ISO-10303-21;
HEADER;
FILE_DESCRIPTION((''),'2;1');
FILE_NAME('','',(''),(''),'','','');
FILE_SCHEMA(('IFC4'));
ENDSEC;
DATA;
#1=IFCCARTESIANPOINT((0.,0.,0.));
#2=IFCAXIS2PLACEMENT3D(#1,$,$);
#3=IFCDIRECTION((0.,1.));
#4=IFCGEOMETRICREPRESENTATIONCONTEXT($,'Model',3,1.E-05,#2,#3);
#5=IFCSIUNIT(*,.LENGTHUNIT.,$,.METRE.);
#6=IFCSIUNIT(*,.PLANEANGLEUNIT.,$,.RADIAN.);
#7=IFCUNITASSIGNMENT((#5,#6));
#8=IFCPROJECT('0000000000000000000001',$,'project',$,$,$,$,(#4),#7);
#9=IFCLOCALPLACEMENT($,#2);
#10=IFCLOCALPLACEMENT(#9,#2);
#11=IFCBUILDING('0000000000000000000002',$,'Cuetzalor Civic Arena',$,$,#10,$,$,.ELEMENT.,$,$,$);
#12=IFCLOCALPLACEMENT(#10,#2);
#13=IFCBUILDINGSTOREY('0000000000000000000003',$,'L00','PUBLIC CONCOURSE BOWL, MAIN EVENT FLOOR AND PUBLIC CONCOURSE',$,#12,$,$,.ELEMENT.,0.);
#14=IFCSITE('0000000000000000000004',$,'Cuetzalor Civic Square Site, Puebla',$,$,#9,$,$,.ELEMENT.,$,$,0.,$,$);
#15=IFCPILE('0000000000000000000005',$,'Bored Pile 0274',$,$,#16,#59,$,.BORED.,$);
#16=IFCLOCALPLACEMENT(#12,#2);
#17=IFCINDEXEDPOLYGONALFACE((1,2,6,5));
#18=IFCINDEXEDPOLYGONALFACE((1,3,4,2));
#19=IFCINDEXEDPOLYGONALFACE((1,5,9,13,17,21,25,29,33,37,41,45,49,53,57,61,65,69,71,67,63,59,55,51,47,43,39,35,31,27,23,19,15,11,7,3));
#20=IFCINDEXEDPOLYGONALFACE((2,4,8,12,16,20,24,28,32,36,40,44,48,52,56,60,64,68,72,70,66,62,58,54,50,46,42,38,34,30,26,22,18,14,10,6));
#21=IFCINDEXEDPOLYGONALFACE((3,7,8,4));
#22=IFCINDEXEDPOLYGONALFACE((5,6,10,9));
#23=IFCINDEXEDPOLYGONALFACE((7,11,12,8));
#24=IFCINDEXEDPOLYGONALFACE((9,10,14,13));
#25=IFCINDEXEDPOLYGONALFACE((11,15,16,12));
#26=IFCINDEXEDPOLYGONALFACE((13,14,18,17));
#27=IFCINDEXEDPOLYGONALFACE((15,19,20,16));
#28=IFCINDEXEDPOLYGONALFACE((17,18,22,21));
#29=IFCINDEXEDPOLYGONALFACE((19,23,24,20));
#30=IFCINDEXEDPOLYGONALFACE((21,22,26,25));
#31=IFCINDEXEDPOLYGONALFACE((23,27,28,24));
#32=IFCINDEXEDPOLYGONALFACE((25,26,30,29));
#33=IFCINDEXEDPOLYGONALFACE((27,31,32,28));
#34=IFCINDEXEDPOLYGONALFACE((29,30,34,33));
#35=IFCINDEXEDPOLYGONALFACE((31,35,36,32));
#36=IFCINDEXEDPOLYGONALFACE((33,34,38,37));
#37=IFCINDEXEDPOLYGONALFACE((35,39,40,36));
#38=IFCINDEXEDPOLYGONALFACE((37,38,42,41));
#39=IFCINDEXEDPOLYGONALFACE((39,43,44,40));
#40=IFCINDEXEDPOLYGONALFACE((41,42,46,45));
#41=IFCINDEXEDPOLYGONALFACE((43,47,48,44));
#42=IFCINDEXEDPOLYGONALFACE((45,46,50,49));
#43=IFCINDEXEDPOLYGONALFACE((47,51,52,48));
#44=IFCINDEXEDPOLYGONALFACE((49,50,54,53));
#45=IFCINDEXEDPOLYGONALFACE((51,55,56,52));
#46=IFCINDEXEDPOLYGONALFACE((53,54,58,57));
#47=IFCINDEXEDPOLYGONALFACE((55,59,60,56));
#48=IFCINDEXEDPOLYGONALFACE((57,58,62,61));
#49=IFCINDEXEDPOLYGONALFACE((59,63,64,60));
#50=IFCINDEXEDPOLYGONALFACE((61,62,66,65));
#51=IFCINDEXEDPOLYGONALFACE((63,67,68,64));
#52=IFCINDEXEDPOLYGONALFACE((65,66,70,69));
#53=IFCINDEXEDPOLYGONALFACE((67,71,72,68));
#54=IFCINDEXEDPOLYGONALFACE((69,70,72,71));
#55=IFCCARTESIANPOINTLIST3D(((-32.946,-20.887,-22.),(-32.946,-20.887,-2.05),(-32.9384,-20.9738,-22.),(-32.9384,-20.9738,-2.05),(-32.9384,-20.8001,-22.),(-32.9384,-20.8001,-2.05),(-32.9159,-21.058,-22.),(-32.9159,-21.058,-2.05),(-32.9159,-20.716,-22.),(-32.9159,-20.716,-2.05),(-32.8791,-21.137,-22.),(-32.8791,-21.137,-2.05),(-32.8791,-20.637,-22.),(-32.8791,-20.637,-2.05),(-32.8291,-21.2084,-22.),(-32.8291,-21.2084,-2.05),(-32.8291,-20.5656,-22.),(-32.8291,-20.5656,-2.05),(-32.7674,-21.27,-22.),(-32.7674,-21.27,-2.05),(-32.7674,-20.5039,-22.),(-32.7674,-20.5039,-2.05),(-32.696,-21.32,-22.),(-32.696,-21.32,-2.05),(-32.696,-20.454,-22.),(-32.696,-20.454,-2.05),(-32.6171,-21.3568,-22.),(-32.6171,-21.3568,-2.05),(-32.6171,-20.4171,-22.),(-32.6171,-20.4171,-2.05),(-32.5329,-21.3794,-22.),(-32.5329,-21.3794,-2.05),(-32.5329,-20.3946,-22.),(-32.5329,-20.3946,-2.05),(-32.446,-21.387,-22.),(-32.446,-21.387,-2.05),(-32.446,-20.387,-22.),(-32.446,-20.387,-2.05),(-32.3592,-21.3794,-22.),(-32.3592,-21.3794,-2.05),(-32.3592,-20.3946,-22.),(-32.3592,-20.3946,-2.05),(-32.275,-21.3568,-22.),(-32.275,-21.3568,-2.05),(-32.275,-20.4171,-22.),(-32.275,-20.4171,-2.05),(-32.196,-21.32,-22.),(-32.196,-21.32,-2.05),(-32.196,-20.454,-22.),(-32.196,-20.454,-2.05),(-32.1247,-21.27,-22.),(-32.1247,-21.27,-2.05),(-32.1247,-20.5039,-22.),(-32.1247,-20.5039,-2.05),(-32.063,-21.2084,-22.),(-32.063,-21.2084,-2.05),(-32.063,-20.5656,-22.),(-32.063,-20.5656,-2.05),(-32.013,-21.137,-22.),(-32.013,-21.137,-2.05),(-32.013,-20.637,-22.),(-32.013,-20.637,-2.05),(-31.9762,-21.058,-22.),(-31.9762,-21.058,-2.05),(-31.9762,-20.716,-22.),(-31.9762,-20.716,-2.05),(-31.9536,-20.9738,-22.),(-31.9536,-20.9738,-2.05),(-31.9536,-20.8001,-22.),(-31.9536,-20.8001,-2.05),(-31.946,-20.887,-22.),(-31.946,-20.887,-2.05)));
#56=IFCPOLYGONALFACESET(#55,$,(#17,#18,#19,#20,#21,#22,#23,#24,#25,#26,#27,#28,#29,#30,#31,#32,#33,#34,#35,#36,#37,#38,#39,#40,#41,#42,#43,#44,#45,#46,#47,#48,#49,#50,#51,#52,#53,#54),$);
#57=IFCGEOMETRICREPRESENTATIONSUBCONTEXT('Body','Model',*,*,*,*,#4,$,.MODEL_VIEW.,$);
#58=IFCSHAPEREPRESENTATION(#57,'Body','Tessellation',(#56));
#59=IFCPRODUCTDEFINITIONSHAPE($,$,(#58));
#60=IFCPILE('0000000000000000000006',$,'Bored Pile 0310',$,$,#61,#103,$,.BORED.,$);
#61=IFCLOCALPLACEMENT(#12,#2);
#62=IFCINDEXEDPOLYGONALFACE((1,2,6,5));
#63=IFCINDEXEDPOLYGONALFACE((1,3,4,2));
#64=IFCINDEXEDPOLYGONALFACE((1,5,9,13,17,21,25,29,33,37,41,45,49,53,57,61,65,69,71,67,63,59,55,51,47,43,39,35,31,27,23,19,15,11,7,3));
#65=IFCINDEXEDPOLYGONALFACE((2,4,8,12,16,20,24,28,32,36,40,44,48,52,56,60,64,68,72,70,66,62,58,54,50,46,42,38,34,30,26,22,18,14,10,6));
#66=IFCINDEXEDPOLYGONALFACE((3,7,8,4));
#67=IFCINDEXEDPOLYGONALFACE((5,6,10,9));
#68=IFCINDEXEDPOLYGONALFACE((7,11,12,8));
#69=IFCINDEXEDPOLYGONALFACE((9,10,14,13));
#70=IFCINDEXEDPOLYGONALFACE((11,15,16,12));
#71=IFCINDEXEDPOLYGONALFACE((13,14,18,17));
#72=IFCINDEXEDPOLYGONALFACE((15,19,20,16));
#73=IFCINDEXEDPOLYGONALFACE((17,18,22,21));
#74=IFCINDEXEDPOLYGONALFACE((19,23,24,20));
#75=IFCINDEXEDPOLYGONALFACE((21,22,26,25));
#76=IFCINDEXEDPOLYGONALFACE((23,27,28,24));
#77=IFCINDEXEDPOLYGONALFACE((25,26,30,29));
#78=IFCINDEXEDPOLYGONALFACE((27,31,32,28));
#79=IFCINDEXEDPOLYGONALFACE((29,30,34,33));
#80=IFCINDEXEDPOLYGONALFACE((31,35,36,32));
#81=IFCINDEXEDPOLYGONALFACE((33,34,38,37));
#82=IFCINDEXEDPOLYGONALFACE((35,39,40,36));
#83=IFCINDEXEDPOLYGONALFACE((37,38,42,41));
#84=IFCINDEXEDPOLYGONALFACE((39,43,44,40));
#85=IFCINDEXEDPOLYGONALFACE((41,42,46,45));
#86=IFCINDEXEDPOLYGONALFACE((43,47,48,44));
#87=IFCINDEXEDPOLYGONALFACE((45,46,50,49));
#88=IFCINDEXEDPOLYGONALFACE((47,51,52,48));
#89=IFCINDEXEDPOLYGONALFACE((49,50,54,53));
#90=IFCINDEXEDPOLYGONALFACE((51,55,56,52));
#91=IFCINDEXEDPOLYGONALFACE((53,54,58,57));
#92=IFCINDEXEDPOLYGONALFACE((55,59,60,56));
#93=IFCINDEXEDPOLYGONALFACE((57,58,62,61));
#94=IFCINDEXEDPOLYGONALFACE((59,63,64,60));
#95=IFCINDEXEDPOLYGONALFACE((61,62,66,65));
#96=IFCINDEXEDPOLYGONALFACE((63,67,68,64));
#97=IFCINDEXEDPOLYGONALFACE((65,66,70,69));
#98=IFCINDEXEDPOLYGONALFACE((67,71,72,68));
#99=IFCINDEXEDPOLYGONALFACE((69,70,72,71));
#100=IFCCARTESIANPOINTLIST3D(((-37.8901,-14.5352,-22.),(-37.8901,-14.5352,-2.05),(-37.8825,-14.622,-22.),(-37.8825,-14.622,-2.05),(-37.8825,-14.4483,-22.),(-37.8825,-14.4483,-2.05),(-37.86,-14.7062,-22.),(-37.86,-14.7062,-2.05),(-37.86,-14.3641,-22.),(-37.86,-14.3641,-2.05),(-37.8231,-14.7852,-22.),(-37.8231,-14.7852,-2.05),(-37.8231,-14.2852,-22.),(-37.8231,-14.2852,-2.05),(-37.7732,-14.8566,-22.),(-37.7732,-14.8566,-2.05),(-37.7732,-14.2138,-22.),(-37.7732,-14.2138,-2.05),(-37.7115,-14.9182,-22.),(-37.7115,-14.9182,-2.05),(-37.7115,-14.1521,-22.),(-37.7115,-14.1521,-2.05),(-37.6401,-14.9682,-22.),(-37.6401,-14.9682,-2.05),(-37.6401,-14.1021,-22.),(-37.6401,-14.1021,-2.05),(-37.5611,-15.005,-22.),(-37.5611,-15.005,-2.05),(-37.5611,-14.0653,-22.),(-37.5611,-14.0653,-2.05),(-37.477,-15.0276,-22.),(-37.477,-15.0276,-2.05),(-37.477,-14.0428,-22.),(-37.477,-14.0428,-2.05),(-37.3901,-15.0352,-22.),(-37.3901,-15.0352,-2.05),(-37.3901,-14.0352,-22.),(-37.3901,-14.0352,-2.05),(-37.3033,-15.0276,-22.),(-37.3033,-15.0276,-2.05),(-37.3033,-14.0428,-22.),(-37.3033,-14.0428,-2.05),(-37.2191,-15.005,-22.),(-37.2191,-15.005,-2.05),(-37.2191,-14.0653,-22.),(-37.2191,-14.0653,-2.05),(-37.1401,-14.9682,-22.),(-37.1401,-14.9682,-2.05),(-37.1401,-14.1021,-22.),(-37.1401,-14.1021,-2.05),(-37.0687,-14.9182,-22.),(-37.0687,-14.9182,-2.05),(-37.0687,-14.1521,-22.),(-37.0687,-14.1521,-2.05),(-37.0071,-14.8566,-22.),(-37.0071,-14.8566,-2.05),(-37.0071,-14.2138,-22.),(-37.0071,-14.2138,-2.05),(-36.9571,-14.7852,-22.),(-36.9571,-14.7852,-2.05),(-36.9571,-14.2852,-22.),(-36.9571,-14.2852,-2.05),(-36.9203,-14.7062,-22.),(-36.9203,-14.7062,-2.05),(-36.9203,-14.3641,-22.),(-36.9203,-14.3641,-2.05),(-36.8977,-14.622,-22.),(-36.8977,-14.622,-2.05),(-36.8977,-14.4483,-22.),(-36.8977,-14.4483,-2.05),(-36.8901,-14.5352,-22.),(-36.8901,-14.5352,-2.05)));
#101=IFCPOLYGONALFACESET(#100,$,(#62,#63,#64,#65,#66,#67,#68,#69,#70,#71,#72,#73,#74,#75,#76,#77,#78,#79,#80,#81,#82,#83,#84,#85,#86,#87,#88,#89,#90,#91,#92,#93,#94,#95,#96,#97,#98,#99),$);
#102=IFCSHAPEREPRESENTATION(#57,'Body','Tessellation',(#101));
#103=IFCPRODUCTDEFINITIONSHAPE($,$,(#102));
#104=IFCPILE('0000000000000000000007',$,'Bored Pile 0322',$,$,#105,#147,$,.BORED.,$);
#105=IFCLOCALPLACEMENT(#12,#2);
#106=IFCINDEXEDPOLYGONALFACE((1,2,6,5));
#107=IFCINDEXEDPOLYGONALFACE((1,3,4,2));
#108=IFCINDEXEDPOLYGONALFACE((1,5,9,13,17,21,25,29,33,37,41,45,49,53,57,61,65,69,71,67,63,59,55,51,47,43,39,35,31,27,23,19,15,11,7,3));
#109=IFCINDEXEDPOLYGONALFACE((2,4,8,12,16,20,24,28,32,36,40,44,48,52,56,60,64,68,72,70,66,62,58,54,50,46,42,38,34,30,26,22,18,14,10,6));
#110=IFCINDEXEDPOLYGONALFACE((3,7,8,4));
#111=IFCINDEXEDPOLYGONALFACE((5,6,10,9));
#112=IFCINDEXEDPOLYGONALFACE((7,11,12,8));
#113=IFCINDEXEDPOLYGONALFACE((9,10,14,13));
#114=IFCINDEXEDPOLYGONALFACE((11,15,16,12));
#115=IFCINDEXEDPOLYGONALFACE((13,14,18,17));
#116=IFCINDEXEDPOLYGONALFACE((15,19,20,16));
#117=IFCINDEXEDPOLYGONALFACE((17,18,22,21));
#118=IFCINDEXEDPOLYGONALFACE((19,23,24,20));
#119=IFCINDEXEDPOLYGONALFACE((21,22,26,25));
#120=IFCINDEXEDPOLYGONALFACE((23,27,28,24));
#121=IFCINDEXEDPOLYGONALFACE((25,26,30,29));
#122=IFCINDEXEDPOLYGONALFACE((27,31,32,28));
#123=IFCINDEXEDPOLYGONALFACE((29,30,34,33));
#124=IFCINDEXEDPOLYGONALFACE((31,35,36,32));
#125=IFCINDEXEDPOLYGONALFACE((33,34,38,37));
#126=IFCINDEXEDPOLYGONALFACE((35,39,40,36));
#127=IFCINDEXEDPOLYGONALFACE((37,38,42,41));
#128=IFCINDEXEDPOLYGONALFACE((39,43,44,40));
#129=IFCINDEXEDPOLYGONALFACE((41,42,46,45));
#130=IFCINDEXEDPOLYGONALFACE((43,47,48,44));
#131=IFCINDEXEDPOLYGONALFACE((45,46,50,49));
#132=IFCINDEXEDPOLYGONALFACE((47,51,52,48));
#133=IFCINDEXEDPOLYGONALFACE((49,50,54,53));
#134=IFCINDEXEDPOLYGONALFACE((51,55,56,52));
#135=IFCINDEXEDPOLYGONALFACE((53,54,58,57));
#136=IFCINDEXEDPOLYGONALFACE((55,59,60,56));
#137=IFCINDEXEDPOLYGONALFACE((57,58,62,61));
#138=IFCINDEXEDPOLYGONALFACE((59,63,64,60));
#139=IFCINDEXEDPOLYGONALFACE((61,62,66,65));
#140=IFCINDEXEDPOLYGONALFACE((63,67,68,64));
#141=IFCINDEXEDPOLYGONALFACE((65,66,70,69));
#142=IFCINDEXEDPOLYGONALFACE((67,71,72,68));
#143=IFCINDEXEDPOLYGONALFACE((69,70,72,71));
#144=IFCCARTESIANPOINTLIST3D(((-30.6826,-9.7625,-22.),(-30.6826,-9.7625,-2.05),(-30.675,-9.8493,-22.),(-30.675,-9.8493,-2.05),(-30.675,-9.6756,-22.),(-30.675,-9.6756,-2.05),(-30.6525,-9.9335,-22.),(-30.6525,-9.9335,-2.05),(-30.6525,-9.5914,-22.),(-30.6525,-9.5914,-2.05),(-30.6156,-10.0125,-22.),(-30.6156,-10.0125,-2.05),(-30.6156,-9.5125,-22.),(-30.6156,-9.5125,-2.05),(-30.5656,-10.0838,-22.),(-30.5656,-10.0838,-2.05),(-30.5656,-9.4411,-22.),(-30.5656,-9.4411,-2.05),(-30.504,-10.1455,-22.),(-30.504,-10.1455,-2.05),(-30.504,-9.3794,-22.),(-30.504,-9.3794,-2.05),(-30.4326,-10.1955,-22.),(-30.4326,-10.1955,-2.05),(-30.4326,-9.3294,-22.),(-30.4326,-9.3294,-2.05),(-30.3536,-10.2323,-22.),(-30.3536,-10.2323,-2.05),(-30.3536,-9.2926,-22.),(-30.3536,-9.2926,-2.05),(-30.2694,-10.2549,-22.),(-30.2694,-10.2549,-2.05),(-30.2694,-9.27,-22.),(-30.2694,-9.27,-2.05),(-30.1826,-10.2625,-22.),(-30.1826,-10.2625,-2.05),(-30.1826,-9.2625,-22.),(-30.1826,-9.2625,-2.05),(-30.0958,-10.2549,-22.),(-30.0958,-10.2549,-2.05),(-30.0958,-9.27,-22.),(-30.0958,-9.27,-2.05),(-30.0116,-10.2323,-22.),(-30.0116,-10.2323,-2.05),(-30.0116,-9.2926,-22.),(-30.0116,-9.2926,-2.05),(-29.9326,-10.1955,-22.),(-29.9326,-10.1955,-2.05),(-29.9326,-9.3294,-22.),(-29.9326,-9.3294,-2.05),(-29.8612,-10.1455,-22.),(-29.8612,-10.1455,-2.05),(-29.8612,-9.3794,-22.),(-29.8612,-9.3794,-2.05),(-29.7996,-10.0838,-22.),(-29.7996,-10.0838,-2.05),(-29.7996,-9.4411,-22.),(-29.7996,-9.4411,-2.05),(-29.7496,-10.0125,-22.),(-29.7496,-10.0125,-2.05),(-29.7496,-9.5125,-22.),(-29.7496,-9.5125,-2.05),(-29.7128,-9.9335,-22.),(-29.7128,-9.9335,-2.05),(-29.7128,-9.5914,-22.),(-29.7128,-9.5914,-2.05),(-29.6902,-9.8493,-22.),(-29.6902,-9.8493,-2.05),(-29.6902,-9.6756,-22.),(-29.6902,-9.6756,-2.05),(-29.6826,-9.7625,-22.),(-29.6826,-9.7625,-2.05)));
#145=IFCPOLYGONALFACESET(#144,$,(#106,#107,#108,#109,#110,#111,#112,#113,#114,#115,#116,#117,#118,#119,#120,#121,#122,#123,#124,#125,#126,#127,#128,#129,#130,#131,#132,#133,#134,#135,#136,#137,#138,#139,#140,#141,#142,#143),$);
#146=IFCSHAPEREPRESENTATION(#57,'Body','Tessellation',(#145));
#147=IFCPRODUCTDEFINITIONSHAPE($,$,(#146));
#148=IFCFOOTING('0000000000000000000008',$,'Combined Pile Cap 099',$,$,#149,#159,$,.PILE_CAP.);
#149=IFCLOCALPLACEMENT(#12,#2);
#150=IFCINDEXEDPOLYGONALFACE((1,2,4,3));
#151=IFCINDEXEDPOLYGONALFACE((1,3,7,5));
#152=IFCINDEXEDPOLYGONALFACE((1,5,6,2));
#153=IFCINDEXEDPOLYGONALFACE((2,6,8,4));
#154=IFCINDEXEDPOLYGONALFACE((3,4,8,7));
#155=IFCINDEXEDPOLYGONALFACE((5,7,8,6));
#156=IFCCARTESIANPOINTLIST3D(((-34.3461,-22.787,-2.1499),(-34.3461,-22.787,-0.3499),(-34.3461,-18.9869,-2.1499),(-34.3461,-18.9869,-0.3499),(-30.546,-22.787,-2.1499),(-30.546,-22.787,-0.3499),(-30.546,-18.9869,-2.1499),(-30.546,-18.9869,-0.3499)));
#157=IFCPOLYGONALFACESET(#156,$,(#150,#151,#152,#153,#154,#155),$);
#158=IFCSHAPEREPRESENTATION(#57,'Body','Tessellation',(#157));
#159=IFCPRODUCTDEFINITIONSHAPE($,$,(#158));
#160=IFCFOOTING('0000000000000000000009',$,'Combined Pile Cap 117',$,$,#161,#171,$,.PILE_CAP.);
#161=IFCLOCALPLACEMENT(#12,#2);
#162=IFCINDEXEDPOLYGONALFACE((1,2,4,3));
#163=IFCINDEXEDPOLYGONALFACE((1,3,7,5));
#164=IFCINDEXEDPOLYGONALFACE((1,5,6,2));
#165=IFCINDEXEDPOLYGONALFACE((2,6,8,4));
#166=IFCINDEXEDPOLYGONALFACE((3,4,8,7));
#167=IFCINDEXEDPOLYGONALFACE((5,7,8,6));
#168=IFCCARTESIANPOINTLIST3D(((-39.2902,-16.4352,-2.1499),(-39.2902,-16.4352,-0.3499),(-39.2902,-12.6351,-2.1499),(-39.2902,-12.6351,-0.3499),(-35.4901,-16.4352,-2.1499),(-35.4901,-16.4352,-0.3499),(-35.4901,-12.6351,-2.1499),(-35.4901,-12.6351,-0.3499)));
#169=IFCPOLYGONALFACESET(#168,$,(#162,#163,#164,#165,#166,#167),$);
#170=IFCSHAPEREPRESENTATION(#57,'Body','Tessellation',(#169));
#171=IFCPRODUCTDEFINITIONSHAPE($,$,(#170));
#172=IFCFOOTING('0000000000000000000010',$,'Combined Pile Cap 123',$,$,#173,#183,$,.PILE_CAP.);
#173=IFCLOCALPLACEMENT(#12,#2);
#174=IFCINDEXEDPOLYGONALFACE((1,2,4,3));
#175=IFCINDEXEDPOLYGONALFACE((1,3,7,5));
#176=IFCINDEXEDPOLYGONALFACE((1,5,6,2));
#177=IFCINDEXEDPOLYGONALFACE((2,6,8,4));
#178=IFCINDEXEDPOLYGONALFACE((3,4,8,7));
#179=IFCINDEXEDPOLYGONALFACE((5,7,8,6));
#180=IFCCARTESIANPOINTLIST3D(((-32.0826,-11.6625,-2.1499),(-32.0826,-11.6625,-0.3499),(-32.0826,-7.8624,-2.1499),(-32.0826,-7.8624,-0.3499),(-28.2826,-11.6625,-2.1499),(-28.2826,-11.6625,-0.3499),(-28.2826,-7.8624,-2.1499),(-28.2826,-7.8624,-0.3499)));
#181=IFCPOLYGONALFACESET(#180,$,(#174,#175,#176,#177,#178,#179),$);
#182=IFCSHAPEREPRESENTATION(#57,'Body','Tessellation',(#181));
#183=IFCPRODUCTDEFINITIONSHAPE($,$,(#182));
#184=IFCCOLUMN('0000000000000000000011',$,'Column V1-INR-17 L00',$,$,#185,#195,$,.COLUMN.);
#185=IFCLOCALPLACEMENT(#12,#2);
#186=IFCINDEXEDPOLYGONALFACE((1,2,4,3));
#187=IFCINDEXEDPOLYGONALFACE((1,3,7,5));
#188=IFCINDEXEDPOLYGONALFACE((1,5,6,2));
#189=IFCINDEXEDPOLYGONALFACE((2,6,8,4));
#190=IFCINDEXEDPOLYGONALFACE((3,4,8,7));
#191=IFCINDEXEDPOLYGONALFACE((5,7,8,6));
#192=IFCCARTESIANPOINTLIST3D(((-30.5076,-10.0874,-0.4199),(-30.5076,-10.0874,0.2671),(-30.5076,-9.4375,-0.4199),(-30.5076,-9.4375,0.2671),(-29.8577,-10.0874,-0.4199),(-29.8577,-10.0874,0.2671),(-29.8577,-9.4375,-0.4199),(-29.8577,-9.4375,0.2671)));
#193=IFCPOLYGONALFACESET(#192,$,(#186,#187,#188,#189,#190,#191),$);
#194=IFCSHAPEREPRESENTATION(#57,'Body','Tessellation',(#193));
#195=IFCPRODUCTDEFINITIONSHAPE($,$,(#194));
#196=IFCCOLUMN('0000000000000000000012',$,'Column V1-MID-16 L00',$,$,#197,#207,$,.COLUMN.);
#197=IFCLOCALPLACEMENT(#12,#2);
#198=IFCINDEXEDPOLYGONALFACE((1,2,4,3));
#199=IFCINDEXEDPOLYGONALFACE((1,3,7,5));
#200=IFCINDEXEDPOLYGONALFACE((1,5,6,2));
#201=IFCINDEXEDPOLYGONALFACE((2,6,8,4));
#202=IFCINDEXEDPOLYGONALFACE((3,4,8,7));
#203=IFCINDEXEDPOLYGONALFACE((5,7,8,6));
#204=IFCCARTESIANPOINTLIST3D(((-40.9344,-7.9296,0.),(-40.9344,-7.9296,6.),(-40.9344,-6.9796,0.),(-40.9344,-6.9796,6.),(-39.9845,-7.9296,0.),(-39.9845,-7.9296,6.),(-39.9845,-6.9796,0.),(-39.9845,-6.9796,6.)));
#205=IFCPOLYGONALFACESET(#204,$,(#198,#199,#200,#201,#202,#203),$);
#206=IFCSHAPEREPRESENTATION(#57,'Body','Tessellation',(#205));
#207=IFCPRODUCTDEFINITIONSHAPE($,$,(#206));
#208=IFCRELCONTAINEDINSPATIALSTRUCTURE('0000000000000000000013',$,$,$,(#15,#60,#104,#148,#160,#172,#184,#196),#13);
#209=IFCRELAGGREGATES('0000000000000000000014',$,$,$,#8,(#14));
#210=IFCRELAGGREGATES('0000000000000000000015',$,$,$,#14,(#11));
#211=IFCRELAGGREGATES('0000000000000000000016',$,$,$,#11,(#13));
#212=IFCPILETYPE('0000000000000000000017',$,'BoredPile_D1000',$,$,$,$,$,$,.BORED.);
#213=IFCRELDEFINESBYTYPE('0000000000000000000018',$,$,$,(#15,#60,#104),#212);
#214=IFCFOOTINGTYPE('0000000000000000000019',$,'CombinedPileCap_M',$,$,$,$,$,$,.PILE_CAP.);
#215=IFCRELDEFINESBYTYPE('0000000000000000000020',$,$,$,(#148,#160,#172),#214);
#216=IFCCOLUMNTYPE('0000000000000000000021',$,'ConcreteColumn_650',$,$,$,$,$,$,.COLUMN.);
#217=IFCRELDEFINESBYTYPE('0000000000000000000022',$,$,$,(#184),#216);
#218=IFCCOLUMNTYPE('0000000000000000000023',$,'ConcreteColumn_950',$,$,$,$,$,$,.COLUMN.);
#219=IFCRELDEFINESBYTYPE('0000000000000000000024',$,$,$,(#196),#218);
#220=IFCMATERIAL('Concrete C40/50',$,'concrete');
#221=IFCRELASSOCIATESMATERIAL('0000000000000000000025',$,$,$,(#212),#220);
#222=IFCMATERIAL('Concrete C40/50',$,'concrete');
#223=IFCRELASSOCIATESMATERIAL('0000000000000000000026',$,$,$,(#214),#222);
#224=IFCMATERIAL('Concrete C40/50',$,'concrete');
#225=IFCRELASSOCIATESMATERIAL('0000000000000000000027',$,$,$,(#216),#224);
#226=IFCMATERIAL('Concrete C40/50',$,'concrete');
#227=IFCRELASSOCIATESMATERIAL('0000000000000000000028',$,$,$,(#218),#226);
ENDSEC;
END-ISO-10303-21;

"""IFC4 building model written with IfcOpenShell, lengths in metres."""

from ifc_helpers import new_model, si_unit, direction, frame, origin, origin_2d, place, context, subcontext, project, spatial, rectangle, circle, extrude, material, material_profile, profile_set, type_object, element, save


model = new_model("IFC4")

# Units and contexts
model_context = context("Model", 3, precision=1e-05, world=origin(), true_north=direction((0.0, 1.0)))
body_context = subcontext(model_context, "Body", "Model", "MODEL_VIEW")
ifc_project = project(units=[si_unit("LENGTHUNIT", "METRE"), si_unit("PLANEANGLEUNIT", "RADIAN")], contexts=[model_context])

# Site, building, storey
site_placement = place(None, origin())
site = spatial("IfcSite", under=ifc_project, at=site_placement, Name="Cuetzalor Civic Square Site, Puebla", CompositionType="ELEMENT", RefElevation=0.0)
building_placement = place(site_placement, origin())
building = spatial("IfcBuilding", under=site, at=building_placement, Name="Cuetzalor Civic Arena", CompositionType="ELEMENT")
storey_placement = place(building_placement, origin())
storey = spatial("IfcBuildingStorey", under=building, at=storey_placement, Name="L00", Description="PUBLIC CONCOURSE BOWL, MAIN EVENT FLOOR AND PUBLIC CONCOURSE", CompositionType="ELEMENT", Elevation=0.0)

# Piles
ifc_material_1 = material(Name="Concrete C40/50", Category="concrete")
ifc_material_profile_1 = material_profile(ifc_material_1, circle(Radius=0.5, at=origin_2d()), Name="BORED PILE D1000")
ifc_profile_set_1 = profile_set([ifc_material_profile_1], Name="Concrete C40/50")
pile_type = type_object("IfcPileType", Name="BoredPile_D1000", PredefinedType="BORED", material=ifc_profile_set_1)
for number, where, z_axis, x_axis, name in (
    (1, (-32.446, -20.887, -2.05), (0.0, 0.0, -1.0), (1.0, 0.0, 0.0), "Bored Pile 0274"),
    (2, (-37.3901, -14.5352, -2.05), (0.0, 0.0, -1.0), (1.0, 0.0, 0.0), "Bored Pile 0310"),
    (3, (-30.1826, -9.7625, -2.05), (0.0, 0.0, -1.0), (1.0, 0.0, 0.0), "Bored Pile 0322"),
):
    element("IfcPile", number, at=place(storey_placement, frame(where, z_axis=z_axis, x_axis=x_axis)), inside=storey, type_object=pile_type, Name=name, PredefinedType="BORED", context=body_context, shape_type="SweptSolid", body=[
        extrude(circle(Radius=0.5, at=origin_2d()), origin(), (0.0, 0.0, 1.0), 19.95),
    ])

# Footings
ifc_material_2 = material(Name="Concrete C40/50", Category="concrete")
footing_type = type_object("IfcFootingType", Name="CombinedPileCap_M", PredefinedType="PILE_CAP", material=ifc_material_2)
for number, where, z_axis, x_axis, name in (
    (4, (-32.446, -20.887, -2.1499), (0.0, 0.0, 1.0), (1.0, 0.0, 0.0), "Combined Pile Cap 099"),
    (5, (-37.3901, -14.5352, -2.1499), (0.0, 0.0, 1.0), (1.0, 0.0, 0.0), "Combined Pile Cap 117"),
    (6, (-30.1826, -9.7625, -2.1499), (0.0, 0.0, 1.0), (1.0, 0.0, 0.0), "Combined Pile Cap 123"),
):
    element("IfcFooting", number, at=place(storey_placement, frame(where, z_axis=z_axis, x_axis=x_axis)), inside=storey, type_object=footing_type, Name=name, PredefinedType="PILE_CAP", context=body_context, shape_type="SweptSolid", body=[
        extrude(rectangle(XDim=3.8, YDim=3.8, at=origin_2d()), origin(), (0.0, 0.0, 1.0), 1.8),
    ])

# Columns
ifc_material_3 = material(Name="Concrete C40/50", Category="concrete")
ifc_material_profile_2 = material_profile(ifc_material_3, rectangle(XDim=0.6499, YDim=0.6499, at=origin_2d()), Name="RC 650x650")
ifc_profile_set_2 = profile_set([ifc_material_profile_2], Name="Concrete C40/50")
column_type_1 = type_object("IfcColumnType", Name="ConcreteColumn_650", PredefinedType="COLUMN", material=ifc_profile_set_2)
column_placement = place(storey_placement, frame((-30.1826, -9.7625, -0.4199), z_axis=(0.0, 0.0, 1.0), x_axis=(1.0, 0.0, 0.0)))
element("IfcColumn", 7, at=column_placement, inside=storey, type_object=column_type_1, Name="Column V1-INR-17 L00", PredefinedType="COLUMN", context=body_context, shape_type="SweptSolid", body=[
    extrude(rectangle(XDim=0.6499, YDim=0.6499, at=origin_2d()), origin(), (0.0, 0.0, 1.0), 0.687),
])
ifc_material_4 = material(Name="Concrete C40/50", Category="concrete")
ifc_material_profile_3 = material_profile(ifc_material_4, rectangle(XDim=0.95, YDim=0.95, at=origin_2d()), Name="RC 950x950")
ifc_profile_set_3 = profile_set([ifc_material_profile_3], Name="Concrete C40/50")
column_type_2 = type_object("IfcColumnType", Name="ConcreteColumn_950", PredefinedType="COLUMN", material=ifc_profile_set_3)
for number, where, z_axis, x_axis, name in (
    (8, (-40.4595, -7.4546, 0.0), (0.0, 0.0, 1.0), (1.0, 0.0, 0.0), "Column V1-MID-16 L00"),
):
    element("IfcColumn", number, at=place(storey_placement, frame(where, z_axis=z_axis, x_axis=x_axis)), inside=storey, type_object=column_type_2, Name=name, PredefinedType="COLUMN", context=body_context, shape_type="SweptSolid", body=[
        extrude(rectangle(XDim=0.95, YDim=0.95, at=origin_2d()), origin(), (0.0, 0.0, 1.0), 6.0),
    ])

save(model, "model.ifc")
